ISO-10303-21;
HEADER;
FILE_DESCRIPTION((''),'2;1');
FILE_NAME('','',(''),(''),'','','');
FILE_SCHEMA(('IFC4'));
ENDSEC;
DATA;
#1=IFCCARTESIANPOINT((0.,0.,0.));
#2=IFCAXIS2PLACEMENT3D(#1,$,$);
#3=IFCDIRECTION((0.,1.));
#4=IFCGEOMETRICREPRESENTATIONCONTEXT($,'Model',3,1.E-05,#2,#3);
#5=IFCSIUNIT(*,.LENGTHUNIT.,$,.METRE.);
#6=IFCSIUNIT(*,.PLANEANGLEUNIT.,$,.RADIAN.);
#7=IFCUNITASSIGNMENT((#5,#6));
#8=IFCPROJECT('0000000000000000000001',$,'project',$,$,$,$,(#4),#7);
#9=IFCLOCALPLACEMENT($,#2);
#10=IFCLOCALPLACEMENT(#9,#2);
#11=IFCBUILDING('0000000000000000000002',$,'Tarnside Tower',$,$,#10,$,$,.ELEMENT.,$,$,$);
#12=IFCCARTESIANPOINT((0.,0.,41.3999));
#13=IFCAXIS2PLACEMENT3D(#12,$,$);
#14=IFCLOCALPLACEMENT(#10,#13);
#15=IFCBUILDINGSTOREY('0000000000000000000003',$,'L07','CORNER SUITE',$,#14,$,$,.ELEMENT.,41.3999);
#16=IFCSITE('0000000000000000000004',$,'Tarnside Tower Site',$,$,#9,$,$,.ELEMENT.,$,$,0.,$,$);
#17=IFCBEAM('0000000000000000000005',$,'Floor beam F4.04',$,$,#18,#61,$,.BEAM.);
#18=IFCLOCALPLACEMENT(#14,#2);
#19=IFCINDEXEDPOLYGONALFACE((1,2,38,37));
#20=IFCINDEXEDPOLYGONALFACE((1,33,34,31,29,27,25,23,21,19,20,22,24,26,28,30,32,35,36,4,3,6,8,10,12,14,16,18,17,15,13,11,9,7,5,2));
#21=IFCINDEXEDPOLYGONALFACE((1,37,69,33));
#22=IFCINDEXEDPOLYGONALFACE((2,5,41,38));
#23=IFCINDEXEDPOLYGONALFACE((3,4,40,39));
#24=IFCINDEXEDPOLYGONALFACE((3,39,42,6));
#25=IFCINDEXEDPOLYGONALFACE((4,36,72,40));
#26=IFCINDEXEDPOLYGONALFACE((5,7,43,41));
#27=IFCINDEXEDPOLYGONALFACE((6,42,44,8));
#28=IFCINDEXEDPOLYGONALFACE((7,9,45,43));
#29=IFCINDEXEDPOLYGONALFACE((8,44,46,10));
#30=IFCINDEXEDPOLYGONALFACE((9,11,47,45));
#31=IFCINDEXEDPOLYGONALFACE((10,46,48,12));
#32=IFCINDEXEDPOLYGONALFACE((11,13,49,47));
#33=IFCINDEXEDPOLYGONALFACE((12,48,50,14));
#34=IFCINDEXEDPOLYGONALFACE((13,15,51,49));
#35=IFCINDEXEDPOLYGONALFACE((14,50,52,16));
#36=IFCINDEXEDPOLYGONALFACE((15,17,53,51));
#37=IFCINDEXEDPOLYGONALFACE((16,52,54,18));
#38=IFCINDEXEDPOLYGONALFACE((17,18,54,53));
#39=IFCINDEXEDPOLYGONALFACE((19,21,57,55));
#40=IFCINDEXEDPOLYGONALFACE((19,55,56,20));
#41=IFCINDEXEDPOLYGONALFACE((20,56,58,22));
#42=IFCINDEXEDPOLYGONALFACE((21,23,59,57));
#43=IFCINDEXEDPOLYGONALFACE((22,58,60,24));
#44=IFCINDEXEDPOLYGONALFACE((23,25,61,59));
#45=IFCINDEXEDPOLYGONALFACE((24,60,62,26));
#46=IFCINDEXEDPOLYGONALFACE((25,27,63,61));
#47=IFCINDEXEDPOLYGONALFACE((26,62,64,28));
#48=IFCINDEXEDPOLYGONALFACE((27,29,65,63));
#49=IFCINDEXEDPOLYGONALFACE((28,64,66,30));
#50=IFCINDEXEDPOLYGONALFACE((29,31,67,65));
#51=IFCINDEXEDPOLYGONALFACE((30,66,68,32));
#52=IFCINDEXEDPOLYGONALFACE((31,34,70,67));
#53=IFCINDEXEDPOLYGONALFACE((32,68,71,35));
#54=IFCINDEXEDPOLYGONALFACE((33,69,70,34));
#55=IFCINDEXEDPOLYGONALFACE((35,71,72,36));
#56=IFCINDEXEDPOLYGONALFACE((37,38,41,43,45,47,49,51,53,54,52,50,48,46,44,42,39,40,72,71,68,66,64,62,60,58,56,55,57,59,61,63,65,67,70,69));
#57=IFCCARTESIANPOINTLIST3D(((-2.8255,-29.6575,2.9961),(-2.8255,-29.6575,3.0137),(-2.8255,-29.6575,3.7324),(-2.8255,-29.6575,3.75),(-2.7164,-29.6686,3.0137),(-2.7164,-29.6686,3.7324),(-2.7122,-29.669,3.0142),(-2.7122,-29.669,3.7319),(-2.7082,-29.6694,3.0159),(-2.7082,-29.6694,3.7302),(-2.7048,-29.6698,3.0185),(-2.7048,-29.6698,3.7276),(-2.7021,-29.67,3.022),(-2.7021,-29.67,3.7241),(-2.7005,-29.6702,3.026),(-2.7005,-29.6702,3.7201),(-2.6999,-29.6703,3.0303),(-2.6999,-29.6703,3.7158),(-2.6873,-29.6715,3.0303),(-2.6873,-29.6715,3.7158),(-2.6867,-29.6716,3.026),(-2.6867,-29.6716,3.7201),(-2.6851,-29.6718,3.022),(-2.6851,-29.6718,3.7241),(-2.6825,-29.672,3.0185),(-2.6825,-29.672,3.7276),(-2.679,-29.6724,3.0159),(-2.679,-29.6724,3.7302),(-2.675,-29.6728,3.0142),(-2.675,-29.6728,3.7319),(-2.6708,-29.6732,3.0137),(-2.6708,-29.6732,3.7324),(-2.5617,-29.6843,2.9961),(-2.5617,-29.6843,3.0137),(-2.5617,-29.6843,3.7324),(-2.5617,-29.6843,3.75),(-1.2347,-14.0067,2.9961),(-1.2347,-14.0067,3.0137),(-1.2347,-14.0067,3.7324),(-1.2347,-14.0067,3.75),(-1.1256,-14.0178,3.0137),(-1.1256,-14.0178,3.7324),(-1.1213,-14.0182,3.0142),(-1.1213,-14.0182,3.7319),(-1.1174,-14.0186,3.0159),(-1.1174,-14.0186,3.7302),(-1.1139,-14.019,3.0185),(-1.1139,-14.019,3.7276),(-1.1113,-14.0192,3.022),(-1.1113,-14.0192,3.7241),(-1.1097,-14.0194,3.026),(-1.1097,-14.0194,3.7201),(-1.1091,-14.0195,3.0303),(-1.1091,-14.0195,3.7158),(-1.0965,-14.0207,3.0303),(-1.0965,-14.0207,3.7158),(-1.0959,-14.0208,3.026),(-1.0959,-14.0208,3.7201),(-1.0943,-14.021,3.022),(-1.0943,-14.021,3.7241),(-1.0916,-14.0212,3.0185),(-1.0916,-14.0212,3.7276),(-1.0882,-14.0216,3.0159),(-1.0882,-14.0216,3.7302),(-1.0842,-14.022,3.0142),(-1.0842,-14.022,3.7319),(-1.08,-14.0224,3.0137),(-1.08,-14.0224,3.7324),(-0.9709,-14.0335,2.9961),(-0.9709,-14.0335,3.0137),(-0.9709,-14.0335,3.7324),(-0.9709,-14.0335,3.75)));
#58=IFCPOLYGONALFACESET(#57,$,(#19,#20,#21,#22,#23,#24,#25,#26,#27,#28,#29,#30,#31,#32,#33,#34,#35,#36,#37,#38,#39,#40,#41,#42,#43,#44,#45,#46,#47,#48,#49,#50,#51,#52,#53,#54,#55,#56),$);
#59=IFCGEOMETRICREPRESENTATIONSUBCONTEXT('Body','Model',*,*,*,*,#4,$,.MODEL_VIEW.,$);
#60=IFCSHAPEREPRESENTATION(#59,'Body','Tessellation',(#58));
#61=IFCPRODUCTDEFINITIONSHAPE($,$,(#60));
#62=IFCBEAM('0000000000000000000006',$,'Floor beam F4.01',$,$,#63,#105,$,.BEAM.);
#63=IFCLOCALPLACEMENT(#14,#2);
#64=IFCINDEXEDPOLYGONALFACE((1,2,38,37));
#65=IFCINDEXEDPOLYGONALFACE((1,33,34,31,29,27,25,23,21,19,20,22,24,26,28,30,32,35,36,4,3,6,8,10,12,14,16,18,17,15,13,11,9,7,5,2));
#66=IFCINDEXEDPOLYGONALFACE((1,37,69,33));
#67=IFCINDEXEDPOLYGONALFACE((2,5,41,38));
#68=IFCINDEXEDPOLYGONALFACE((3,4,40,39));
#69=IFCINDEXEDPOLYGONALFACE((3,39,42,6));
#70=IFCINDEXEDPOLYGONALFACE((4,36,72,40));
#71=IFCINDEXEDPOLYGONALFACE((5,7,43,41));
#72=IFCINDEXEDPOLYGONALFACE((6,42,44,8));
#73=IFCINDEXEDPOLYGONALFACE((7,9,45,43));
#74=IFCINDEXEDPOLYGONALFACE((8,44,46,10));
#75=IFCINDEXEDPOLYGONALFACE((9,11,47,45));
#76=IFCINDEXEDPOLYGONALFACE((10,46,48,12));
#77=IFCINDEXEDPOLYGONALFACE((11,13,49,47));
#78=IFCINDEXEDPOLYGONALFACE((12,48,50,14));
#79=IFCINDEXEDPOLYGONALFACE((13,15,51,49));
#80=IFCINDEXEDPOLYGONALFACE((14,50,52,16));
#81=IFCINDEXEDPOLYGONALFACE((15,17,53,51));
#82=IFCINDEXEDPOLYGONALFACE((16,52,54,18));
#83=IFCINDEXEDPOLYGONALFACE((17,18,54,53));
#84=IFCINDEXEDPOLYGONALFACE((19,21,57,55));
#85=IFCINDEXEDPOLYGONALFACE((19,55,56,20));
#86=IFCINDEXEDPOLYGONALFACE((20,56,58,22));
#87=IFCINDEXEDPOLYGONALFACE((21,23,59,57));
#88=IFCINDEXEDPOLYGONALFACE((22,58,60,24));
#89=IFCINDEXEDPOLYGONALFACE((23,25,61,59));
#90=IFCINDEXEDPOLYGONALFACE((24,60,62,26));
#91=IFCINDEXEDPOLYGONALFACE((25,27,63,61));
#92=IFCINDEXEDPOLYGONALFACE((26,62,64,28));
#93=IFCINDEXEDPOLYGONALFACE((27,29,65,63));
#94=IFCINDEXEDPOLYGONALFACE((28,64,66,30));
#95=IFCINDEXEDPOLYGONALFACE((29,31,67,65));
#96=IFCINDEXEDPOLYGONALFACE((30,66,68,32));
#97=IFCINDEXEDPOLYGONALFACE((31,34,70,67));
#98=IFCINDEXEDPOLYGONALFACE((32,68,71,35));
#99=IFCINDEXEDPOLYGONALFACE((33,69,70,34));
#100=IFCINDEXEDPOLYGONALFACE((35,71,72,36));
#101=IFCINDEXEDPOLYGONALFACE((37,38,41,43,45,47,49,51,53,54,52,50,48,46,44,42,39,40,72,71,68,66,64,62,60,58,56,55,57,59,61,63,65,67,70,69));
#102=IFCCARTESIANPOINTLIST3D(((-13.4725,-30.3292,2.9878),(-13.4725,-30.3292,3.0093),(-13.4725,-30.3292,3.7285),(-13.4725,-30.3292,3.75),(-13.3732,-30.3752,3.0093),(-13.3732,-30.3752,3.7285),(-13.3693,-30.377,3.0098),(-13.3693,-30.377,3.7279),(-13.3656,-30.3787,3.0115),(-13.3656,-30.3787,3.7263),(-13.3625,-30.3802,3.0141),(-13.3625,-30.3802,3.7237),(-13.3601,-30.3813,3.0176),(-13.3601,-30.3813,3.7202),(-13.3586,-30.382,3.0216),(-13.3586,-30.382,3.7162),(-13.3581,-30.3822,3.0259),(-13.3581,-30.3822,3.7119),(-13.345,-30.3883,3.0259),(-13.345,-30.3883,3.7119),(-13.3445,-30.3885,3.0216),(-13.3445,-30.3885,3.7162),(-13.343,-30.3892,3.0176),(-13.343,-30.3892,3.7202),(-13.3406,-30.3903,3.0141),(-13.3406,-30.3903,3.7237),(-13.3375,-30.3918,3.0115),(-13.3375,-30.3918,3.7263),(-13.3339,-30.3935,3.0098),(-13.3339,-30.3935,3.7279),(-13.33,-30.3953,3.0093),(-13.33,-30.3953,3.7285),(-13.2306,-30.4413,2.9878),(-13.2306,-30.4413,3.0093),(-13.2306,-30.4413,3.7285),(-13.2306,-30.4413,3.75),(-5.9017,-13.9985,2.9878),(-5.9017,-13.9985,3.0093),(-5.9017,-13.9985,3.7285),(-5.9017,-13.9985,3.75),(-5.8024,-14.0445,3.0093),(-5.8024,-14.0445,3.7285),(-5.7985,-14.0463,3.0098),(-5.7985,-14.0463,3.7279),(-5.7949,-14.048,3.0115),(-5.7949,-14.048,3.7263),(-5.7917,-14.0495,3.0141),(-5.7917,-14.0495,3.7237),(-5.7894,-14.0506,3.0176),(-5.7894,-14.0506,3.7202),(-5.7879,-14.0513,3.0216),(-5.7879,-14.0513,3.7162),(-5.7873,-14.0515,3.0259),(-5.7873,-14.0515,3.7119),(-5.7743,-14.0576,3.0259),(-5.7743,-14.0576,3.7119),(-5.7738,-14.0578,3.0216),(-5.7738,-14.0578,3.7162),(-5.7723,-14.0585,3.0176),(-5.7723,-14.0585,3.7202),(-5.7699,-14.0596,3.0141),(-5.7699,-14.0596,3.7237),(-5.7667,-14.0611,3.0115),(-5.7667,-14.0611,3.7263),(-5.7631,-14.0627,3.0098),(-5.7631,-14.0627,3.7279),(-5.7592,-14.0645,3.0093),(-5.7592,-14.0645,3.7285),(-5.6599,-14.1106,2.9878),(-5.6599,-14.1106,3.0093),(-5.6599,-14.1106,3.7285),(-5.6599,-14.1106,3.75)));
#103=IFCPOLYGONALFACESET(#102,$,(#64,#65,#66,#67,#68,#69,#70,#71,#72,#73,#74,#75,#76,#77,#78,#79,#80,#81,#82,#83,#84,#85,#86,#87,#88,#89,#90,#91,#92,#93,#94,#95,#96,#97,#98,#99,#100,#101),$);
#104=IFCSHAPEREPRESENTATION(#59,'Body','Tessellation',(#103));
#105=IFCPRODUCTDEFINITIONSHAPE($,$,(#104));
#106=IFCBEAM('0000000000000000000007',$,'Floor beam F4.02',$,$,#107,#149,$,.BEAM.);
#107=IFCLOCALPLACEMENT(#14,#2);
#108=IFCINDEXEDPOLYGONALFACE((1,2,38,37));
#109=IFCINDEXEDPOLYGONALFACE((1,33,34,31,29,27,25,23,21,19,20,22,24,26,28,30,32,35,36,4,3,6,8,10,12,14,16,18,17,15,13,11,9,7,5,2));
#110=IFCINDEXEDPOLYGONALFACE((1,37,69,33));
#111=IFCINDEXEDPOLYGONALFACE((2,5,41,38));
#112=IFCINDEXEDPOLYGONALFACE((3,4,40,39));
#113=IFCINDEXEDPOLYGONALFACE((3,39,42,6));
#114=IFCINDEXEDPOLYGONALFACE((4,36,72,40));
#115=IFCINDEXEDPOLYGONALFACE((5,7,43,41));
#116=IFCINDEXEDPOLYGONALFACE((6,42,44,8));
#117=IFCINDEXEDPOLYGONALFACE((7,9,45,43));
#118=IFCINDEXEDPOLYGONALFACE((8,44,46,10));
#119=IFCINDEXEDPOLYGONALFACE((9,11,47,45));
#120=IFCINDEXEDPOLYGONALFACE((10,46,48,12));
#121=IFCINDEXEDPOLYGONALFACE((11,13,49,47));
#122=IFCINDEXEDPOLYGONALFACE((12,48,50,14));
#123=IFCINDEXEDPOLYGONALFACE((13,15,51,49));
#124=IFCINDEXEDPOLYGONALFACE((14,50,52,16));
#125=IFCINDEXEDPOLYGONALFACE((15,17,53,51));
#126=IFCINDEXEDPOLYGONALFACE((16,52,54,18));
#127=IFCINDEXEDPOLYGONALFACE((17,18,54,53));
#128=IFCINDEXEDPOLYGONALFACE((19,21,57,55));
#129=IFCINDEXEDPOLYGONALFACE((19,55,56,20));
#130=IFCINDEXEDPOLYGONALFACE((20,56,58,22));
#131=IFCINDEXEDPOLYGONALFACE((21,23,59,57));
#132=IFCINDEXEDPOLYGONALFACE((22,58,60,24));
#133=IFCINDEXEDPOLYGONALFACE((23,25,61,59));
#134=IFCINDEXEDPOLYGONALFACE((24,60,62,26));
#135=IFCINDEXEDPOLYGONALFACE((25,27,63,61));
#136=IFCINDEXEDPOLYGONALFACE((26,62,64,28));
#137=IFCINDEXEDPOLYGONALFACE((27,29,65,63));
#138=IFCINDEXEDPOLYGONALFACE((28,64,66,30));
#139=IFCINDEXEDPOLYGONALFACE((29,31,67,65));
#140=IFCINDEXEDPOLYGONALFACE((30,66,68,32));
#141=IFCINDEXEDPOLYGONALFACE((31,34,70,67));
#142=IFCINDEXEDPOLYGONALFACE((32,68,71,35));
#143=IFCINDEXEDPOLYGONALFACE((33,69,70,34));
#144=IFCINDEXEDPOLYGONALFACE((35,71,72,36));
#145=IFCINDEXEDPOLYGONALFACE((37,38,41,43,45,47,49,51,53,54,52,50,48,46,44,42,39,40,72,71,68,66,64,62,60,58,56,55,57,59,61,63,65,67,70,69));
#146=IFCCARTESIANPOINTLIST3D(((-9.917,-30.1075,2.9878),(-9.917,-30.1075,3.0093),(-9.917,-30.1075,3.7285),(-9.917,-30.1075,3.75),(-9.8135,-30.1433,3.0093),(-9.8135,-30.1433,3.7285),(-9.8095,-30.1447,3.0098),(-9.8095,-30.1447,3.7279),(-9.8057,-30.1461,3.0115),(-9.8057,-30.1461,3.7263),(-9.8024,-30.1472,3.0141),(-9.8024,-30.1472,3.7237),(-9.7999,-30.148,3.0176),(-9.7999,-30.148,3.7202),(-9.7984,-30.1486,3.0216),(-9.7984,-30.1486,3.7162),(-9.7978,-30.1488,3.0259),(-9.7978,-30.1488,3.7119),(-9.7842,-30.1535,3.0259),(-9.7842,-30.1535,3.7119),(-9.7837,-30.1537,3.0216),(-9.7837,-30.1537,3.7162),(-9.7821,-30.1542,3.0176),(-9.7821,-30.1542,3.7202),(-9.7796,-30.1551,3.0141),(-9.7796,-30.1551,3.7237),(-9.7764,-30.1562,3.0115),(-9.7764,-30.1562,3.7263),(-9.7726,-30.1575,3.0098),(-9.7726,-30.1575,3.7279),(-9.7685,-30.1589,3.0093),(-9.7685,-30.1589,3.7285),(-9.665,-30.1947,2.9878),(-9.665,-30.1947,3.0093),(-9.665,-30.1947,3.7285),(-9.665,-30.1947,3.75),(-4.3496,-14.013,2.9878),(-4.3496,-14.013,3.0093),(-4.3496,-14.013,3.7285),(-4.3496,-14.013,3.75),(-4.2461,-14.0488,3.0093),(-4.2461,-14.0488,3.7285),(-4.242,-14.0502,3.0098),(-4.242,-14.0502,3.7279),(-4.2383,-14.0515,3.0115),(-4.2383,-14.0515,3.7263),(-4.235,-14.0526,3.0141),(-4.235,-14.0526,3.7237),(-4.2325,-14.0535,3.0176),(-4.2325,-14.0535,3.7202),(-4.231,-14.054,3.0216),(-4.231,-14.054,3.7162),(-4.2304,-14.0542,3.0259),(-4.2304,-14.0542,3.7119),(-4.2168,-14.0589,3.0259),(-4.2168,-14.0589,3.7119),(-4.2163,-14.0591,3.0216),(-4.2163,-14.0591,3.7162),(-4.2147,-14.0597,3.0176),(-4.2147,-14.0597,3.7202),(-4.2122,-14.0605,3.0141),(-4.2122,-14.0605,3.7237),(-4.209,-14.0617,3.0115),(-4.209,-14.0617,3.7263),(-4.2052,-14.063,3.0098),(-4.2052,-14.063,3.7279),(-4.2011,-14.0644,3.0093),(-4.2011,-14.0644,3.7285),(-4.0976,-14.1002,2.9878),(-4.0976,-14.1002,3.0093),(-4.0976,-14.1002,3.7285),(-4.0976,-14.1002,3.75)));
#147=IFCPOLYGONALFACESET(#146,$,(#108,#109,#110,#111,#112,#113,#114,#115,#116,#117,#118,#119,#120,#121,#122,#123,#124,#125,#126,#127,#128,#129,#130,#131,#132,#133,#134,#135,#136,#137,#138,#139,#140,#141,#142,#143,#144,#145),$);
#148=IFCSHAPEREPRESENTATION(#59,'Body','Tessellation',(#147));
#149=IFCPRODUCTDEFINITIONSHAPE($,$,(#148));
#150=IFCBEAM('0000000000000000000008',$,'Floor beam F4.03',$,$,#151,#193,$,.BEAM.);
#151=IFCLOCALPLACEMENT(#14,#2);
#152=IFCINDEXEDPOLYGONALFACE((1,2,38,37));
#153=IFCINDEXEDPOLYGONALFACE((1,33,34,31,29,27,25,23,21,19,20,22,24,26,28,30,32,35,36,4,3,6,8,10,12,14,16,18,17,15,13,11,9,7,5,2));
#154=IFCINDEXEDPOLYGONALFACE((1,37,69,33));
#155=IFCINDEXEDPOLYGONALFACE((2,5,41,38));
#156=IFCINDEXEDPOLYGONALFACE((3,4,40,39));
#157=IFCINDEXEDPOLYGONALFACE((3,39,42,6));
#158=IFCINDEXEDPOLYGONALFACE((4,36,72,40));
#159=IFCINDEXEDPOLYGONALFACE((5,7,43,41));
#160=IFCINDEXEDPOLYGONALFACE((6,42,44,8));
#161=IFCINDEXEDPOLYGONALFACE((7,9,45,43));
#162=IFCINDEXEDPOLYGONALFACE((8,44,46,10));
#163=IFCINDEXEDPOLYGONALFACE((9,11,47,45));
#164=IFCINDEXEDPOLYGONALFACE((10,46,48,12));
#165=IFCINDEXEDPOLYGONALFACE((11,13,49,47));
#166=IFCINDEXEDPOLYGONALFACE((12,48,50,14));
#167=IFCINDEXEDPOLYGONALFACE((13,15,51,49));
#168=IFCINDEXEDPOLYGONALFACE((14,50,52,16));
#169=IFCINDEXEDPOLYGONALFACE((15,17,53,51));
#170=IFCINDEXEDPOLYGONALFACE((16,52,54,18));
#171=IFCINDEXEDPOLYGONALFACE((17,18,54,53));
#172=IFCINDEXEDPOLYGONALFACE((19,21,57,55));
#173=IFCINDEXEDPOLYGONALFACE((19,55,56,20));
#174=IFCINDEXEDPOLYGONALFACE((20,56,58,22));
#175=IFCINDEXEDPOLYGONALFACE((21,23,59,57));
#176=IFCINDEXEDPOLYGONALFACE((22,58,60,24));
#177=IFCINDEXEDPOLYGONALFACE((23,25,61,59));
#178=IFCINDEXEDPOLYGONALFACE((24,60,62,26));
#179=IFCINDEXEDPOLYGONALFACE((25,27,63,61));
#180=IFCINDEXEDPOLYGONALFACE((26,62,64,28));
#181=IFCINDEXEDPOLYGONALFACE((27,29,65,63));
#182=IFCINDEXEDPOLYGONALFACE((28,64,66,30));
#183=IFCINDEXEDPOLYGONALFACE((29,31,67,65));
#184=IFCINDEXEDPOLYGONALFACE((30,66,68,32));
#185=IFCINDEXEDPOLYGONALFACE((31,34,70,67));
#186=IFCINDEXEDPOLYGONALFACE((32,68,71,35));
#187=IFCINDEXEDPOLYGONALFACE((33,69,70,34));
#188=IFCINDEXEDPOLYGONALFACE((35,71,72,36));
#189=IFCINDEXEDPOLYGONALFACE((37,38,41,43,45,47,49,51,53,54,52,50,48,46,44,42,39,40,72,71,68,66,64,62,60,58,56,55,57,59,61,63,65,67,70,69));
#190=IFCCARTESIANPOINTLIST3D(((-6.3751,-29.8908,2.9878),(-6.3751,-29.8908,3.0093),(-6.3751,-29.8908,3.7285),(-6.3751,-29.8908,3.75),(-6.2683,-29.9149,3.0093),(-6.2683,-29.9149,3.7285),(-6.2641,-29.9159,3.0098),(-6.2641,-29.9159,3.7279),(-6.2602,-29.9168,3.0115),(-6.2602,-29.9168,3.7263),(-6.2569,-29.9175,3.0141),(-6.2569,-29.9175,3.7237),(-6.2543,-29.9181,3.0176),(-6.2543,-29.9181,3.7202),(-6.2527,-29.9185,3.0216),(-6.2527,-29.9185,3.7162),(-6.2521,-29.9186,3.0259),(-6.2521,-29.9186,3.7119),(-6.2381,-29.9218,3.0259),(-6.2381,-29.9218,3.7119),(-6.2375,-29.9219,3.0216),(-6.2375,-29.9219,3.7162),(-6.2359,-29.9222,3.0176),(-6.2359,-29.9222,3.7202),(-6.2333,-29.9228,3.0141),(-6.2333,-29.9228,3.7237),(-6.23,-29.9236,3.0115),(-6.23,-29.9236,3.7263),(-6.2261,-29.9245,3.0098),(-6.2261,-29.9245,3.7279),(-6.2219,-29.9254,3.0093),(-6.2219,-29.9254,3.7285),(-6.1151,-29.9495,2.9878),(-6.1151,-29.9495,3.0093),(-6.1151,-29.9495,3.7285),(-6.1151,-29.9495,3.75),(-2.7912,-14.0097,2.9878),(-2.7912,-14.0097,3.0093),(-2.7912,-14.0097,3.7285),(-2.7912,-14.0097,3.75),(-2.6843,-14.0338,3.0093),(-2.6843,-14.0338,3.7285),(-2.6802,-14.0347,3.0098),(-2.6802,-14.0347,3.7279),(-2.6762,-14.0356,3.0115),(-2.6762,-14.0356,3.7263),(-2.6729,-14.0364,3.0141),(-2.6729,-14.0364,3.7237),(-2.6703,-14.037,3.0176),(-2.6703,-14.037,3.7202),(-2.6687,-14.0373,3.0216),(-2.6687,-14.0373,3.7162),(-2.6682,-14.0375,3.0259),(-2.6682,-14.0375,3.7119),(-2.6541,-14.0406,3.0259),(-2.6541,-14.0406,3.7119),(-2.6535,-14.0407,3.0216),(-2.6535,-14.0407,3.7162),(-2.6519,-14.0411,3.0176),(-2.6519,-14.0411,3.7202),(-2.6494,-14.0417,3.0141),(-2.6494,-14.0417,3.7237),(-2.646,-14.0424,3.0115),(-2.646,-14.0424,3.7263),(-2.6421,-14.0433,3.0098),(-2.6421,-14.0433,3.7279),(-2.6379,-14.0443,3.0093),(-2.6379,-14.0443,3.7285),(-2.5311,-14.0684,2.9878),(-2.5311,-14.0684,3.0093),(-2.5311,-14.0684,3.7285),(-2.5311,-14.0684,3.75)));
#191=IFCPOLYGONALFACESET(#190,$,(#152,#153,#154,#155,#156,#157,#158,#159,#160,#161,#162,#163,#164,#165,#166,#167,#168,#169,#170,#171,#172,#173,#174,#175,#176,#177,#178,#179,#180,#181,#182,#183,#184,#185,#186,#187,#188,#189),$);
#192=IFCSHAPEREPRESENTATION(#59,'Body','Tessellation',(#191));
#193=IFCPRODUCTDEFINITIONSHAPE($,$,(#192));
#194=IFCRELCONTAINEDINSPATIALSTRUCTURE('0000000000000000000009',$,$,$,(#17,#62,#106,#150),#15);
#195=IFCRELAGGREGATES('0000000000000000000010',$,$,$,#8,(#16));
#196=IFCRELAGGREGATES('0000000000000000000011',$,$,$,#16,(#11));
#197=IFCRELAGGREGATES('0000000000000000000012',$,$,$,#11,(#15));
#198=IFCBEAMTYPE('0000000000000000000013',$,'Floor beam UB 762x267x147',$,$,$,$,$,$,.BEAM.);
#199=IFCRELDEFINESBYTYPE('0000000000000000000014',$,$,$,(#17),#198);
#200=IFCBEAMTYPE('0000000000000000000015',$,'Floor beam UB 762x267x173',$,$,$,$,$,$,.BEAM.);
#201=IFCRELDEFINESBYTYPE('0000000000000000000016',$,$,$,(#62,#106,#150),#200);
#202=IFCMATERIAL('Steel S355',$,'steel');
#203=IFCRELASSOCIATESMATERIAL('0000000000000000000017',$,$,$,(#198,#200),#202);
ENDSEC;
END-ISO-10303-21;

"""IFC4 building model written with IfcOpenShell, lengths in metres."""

from ifc_helpers import new_model, si_unit, direction, frame, origin, origin_2d, place, context, subcontext, project, spatial, i_section, extrude, material, material_profile, profile_set, type_object, element, save


model = new_model("IFC4")

# Units and contexts
model_context = context("Model", 3, precision=1e-05, world=origin(), true_north=direction((0.0, 1.0)))
body_context = subcontext(model_context, "Body", "Model", "MODEL_VIEW")
ifc_project = project(units=[si_unit("LENGTHUNIT", "METRE"), si_unit("PLANEANGLEUNIT", "RADIAN")], contexts=[model_context])

# Site, building, storey
site_placement = place(None, origin())
site = spatial("IfcSite", under=ifc_project, at=site_placement, Name="Tarnside Tower Site", CompositionType="ELEMENT", RefElevation=0.0)
building_placement = place(site_placement, origin())
building = spatial("IfcBuilding", under=site, at=building_placement, Name="Tarnside Tower", CompositionType="ELEMENT")
storey_placement = place(building_placement, frame((0.0, 0.0, 41.3999)))
storey = spatial("IfcBuildingStorey", under=building, at=storey_placement, Name="L07", Description="CORNER SUITE", CompositionType="ELEMENT", Elevation=41.3999)

# Beams
ifc_material_1 = material(Name="Steel S355", Category="steel")
ifc_material_profile_1 = material_profile(ifc_material_1, i_section(OverallWidth=0.2651, OverallDepth=0.7539, WebThickness=0.0127, FlangeThickness=0.0176, FilletRadius=0.0166, at=origin_2d()), Name="UB 762x267x147")
ifc_profile_set_1 = profile_set([ifc_material_profile_1], Name="Steel S355")
beam_type_1 = type_object("IfcBeamType", Name="Floor beam UB 762x267x147", PredefinedType="BEAM", material=ifc_profile_set_1)
beam_1_placement = place(storey_placement, frame((-2.6936, -29.6709, 3.373), z_axis=(0.101123, 0.994874, 0.0), x_axis=(-0.994874, 0.101123, 0.0)))
element("IfcBeam", 1, at=beam_1_placement, inside=storey, type_object=beam_type_1, Name="Floor beam F4.04", PredefinedType="BEAM", context=body_context, shape_type="SweptSolid", body=[
    extrude(i_section(OverallWidth=0.2651, OverallDepth=0.7539, WebThickness=0.0127, FlangeThickness=0.0176, FilletRadius=0.0166, at=origin_2d()), origin(), (0.0, 0.0, 1.0), 15.7314),
])
ifc_material_profile_2 = material_profile(ifc_material_1, i_section(OverallWidth=0.2666, OverallDepth=0.7622, WebThickness=0.0144, FlangeThickness=0.0215, FilletRadius=0.0166, at=origin_2d()), Name="UB 762x267x173")
ifc_profile_set_2 = profile_set([ifc_material_profile_2], Name="Steel S355")
beam_type_2 = type_object("IfcBeamType", Name="Floor beam UB 762x267x173", PredefinedType="BEAM", material=ifc_profile_set_2)
beam_2_placement = place(storey_placement, frame((-13.3516, -30.3853, 3.3689), z_axis=(0.420592, 0.90725, 0.0), x_axis=(-0.90725, 0.420592, 0.0)))
element("IfcBeam", 2, at=beam_2_placement, inside=storey, type_object=beam_type_2, Name="Floor beam F4.01", PredefinedType="BEAM", context=body_context, shape_type="SweptSolid", body=[
    extrude(i_section(OverallWidth=0.2666, OverallDepth=0.7622, WebThickness=0.0144, FlangeThickness=0.0215, FilletRadius=0.0166, at=origin_2d()), origin(), (0.0, 0.0, 1.0), 18.0002),
])
beam_3_placement = place(storey_placement, frame((-9.791, -30.1511, 3.3689), z_axis=(0.326912, 0.945055, 0.0), x_axis=(-0.945055, 0.326912, 0.0)))
element("IfcBeam", 3, at=beam_3_placement, inside=storey, type_object=beam_type_2, Name="Floor beam F4.02", PredefinedType="BEAM", context=body_context, shape_type="SweptSolid", body=[
    extrude(i_section(OverallWidth=0.2666, OverallDepth=0.7622, WebThickness=0.0144, FlangeThickness=0.0215, FilletRadius=0.0166, at=origin_2d()), origin(), (0.0, 0.0, 1.0), 17.0303),
])
beam_4_placement = place(storey_placement, frame((-6.2451, -29.9202, 3.3689), z_axis=(0.22014, 0.975468, 0.0), x_axis=(-0.975468, 0.22014, 0.0)))
element("IfcBeam", 4, at=beam_4_placement, inside=storey, type_object=beam_type_2, Name="Floor beam F4.03", PredefinedType="BEAM", context=body_context, shape_type="SweptSolid", body=[
    extrude(i_section(OverallWidth=0.2666, OverallDepth=0.7622, WebThickness=0.0144, FlangeThickness=0.0215, FilletRadius=0.0166, at=origin_2d()), origin(), (0.0, 0.0, 1.0), 16.2805),
])

save(model, "model.ifc")
